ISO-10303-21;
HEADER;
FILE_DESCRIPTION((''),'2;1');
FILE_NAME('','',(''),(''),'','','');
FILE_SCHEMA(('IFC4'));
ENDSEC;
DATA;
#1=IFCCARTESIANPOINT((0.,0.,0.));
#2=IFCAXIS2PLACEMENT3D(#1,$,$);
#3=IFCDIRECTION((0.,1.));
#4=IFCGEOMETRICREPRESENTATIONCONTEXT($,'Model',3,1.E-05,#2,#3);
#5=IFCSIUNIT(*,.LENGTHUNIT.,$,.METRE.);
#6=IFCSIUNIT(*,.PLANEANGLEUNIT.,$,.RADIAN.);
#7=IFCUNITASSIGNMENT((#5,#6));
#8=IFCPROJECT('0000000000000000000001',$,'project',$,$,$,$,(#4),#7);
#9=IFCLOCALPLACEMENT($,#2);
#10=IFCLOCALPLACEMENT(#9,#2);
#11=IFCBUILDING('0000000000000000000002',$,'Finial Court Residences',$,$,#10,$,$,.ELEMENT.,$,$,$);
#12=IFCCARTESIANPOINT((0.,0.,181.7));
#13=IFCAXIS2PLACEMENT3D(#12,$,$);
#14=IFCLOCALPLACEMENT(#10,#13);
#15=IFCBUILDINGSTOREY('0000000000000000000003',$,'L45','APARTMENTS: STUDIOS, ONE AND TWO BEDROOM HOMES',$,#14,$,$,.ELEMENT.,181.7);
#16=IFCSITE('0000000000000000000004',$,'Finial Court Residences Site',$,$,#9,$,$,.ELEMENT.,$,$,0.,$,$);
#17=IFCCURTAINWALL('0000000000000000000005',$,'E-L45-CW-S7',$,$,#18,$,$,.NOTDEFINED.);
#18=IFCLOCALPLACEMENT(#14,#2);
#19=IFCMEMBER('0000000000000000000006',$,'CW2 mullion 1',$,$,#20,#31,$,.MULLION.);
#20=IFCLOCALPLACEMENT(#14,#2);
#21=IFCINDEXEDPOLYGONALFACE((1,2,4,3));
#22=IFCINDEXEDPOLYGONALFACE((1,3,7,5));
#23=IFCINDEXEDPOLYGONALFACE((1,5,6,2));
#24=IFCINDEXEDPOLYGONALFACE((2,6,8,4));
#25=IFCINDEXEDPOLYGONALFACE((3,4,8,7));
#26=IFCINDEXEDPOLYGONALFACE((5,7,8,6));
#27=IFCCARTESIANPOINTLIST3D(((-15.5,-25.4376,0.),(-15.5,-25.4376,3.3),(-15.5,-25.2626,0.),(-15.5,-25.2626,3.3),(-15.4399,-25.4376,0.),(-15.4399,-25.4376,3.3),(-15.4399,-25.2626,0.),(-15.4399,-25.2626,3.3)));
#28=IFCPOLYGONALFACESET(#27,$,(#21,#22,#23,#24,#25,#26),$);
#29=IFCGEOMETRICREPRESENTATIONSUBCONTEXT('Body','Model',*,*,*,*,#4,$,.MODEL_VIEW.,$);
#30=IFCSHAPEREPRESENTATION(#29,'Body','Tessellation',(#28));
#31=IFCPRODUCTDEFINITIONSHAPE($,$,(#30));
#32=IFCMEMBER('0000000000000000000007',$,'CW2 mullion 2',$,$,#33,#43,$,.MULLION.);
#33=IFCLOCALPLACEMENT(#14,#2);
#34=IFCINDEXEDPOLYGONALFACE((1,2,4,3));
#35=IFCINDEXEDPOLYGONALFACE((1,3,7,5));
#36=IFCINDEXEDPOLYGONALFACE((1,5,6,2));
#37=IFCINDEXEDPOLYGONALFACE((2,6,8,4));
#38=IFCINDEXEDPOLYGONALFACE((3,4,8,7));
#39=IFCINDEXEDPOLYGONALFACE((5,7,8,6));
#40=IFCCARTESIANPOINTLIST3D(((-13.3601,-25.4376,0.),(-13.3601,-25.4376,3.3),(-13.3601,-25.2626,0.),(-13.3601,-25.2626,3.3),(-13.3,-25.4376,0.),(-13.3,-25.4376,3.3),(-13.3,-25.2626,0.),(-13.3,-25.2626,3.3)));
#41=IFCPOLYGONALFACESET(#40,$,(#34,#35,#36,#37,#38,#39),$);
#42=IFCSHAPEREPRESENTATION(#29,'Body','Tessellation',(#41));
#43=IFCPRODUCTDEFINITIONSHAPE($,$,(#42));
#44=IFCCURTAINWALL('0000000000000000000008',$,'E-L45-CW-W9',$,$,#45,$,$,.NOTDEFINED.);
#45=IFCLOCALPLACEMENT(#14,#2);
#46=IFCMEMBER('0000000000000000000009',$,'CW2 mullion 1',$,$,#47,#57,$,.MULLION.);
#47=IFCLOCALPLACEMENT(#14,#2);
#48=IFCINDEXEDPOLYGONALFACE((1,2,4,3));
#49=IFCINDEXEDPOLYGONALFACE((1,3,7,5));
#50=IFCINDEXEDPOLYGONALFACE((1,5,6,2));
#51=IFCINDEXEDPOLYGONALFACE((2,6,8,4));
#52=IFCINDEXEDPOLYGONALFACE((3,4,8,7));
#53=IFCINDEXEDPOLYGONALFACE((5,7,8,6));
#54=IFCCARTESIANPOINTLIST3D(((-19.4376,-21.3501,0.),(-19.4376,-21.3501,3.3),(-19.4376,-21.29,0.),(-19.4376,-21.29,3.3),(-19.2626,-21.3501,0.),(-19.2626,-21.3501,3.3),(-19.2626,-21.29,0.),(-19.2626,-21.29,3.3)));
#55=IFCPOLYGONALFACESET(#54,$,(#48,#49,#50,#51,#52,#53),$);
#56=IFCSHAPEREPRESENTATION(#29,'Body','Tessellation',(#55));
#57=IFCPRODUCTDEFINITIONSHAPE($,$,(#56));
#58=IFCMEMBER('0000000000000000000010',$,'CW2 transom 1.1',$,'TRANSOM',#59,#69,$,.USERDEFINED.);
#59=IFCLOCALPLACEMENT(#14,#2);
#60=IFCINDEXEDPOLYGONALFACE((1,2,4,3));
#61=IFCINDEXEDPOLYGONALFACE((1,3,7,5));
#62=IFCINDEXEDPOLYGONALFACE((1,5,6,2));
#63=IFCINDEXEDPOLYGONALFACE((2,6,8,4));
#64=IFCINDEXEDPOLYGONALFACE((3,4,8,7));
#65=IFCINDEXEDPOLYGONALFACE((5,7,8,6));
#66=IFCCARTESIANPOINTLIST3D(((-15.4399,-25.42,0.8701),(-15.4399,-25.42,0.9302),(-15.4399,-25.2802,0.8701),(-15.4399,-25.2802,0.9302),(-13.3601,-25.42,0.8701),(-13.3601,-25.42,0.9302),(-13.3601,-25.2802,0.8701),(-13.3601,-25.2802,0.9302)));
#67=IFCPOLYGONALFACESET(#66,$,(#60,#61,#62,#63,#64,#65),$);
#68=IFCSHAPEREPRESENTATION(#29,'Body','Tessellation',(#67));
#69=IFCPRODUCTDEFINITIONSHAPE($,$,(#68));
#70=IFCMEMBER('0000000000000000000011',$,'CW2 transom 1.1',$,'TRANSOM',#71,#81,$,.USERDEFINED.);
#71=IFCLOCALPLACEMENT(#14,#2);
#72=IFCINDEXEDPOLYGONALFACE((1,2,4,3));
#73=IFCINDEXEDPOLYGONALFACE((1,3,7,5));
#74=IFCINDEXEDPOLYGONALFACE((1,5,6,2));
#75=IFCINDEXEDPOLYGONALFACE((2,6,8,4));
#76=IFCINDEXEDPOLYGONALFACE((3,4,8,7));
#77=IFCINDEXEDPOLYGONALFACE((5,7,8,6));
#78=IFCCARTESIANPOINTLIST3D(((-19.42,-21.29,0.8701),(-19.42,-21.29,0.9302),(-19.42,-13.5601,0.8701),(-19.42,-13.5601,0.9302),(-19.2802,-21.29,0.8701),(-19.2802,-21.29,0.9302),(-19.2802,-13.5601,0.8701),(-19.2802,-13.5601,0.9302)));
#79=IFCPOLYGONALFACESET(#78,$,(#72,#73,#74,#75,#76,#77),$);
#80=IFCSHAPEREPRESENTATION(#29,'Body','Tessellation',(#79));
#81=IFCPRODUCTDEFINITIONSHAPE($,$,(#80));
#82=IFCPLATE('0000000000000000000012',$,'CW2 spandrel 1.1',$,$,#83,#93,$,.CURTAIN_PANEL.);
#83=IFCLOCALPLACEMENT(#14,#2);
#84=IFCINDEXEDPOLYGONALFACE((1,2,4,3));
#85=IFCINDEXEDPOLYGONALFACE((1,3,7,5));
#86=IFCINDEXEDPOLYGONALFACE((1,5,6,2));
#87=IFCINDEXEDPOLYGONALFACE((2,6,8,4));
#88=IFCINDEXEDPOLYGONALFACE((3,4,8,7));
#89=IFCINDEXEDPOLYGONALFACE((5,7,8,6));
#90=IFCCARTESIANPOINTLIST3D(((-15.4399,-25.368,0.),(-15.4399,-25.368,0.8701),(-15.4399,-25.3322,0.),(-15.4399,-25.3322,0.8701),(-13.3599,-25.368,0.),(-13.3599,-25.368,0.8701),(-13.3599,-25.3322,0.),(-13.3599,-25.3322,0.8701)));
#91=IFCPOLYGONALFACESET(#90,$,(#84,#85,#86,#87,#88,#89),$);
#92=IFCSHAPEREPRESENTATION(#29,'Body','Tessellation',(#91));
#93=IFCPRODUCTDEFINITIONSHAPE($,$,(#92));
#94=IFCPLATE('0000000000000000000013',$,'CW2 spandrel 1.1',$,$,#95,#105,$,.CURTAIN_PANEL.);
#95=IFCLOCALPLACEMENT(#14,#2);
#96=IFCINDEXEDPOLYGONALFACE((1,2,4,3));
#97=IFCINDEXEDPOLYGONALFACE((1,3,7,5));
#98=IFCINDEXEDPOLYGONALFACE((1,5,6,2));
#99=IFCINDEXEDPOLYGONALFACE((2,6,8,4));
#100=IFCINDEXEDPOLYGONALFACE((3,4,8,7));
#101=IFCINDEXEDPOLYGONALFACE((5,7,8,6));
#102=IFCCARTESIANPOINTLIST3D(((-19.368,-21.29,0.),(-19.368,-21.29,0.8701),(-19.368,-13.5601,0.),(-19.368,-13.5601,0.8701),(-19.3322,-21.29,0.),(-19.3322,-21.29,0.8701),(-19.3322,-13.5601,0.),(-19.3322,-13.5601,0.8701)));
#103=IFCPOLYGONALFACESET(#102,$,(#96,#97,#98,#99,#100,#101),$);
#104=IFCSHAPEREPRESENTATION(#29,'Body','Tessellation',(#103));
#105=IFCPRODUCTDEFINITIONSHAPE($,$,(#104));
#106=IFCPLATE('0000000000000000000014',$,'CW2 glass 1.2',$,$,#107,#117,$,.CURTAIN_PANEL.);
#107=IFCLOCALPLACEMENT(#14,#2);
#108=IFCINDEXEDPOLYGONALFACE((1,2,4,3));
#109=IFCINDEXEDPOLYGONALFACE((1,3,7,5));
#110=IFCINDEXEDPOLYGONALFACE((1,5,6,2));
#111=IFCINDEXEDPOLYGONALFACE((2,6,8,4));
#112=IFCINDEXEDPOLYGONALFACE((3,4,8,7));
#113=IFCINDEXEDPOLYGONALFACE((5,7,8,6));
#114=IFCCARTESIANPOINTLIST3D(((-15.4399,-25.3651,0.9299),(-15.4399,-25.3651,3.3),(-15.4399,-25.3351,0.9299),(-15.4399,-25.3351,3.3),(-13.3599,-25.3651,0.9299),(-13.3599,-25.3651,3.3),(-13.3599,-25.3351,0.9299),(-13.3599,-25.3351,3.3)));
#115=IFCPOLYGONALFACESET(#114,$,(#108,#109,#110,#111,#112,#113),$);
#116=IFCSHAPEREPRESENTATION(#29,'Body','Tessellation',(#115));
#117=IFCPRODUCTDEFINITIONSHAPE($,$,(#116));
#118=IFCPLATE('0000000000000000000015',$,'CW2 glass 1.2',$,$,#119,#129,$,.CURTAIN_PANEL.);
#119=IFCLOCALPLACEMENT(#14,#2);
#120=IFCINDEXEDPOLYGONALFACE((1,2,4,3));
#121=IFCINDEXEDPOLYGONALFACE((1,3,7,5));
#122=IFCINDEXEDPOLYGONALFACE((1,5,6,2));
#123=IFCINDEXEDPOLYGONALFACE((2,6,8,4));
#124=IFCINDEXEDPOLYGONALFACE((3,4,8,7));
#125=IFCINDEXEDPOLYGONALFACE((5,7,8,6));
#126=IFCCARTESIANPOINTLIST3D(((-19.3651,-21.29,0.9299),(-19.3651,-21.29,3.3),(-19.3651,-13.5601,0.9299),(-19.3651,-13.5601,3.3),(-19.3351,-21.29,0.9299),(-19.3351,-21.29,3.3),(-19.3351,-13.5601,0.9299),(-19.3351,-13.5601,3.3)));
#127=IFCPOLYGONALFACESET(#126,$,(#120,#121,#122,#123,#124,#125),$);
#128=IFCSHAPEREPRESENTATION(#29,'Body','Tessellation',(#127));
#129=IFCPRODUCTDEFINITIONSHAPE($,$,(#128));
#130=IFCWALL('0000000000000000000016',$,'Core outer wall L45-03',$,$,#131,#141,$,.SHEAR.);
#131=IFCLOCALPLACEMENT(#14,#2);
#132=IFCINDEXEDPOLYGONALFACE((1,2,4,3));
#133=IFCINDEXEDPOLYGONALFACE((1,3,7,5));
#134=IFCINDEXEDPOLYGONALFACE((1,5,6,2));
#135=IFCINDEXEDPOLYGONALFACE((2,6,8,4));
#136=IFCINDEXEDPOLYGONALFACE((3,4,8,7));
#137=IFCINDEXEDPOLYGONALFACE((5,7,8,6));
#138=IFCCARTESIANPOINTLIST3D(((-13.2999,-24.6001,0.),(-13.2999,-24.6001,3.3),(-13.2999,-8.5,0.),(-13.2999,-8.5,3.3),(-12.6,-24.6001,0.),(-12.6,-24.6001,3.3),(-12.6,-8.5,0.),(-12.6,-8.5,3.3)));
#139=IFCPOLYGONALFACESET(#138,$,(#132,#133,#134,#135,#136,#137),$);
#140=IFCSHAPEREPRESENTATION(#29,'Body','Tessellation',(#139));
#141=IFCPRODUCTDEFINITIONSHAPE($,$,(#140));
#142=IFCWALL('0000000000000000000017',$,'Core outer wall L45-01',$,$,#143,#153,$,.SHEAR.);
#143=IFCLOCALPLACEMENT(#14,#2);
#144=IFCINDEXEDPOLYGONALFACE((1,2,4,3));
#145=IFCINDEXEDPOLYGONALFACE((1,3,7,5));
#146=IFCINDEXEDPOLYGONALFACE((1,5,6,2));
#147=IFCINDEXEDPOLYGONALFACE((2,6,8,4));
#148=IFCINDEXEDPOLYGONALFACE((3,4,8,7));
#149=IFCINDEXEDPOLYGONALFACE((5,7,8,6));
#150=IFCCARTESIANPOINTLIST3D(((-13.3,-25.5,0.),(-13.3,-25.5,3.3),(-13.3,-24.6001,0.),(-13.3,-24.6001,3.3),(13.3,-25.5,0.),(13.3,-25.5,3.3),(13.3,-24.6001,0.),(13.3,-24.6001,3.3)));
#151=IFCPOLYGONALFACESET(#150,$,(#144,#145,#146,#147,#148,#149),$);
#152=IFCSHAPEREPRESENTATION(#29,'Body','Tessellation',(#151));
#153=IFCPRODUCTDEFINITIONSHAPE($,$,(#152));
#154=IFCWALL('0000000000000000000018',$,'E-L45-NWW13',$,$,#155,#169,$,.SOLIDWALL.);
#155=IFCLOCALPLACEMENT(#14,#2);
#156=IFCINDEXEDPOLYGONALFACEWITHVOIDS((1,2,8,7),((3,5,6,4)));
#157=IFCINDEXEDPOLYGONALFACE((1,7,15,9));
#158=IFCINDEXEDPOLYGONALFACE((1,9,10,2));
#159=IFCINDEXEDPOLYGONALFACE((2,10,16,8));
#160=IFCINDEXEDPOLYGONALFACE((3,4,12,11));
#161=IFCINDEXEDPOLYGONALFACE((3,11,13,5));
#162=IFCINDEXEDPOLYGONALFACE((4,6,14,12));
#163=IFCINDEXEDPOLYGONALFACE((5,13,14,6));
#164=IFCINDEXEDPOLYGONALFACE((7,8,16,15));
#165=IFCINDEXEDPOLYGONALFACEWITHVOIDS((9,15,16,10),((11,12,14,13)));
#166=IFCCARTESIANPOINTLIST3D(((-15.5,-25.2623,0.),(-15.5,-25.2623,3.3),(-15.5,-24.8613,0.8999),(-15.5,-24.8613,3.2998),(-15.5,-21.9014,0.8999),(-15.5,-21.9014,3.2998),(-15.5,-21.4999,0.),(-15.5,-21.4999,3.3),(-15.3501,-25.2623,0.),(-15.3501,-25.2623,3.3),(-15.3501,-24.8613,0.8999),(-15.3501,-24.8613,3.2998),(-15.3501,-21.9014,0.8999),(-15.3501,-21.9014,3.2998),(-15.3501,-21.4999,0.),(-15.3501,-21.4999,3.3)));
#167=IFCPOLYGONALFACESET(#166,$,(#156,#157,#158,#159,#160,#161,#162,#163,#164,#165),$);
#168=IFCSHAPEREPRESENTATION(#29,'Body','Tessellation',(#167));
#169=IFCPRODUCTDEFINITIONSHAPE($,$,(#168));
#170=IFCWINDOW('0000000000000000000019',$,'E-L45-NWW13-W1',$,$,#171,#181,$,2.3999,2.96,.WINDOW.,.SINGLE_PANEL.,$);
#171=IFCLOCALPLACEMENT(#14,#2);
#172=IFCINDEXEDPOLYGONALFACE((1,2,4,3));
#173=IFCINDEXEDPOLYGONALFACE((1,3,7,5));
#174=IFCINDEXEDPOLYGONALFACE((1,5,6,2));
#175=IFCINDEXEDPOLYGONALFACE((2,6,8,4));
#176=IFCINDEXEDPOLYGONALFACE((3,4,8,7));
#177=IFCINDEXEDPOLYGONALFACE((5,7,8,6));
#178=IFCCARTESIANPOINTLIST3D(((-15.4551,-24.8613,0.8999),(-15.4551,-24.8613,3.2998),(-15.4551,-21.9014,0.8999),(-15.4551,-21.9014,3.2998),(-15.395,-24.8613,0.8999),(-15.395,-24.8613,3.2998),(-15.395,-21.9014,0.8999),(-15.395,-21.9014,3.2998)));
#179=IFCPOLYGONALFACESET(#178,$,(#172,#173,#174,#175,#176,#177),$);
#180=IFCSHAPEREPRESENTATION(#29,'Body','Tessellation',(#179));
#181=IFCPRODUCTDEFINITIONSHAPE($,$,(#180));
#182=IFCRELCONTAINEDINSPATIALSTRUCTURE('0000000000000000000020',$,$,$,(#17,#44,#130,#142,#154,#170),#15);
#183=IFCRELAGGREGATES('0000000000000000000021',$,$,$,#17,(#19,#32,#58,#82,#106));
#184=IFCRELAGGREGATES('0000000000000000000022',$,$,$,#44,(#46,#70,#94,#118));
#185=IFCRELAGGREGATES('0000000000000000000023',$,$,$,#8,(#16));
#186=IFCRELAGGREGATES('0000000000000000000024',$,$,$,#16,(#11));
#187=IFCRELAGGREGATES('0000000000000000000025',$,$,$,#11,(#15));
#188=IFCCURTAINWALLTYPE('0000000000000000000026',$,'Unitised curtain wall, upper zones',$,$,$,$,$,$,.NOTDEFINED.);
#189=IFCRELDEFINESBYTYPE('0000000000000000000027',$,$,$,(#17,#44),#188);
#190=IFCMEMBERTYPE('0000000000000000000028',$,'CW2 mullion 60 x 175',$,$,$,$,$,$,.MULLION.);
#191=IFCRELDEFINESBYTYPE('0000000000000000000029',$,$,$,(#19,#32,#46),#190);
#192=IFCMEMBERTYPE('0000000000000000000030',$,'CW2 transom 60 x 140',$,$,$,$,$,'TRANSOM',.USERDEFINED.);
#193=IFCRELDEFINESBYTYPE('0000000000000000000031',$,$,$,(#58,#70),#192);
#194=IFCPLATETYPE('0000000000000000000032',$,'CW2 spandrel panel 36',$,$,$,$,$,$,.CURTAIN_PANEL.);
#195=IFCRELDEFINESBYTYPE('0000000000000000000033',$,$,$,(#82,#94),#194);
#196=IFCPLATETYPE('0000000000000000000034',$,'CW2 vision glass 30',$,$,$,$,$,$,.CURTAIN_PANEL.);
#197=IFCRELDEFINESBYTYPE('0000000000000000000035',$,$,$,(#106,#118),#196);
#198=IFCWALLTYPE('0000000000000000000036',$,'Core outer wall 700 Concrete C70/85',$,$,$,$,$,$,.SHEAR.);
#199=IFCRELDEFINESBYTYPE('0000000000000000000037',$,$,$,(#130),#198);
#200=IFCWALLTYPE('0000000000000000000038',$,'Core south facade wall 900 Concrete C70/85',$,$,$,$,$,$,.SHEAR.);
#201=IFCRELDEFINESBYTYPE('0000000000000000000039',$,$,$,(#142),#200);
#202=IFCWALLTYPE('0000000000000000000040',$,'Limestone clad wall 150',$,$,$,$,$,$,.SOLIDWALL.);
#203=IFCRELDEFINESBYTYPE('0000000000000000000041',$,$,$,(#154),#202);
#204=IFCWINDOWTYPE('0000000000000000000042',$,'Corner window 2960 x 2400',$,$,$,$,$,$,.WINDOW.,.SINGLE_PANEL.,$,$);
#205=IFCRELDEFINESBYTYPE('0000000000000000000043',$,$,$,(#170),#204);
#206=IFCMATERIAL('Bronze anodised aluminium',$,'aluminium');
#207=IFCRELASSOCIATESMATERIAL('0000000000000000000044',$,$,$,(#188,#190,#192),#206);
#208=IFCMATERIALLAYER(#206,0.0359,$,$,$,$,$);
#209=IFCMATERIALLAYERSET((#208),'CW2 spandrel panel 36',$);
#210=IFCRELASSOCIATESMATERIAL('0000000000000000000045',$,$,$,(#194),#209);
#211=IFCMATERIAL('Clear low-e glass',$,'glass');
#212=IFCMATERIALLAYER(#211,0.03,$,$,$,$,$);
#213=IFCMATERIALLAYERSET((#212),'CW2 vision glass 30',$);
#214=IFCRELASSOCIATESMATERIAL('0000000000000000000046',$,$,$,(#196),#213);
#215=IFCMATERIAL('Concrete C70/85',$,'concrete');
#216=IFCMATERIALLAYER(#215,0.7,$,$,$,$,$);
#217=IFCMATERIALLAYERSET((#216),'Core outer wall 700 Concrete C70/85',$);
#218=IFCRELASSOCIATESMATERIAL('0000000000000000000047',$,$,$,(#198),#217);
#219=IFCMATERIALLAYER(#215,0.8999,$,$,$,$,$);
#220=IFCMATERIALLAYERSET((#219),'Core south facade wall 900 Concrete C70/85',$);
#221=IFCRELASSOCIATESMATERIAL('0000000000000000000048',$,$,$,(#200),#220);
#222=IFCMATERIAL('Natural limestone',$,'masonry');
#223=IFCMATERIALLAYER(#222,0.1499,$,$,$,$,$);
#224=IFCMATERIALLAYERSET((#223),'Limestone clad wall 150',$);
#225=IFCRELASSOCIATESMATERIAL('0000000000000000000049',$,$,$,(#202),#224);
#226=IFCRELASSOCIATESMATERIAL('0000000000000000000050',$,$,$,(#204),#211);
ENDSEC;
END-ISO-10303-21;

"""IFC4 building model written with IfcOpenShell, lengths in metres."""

from ifc_helpers import new_model, si_unit, direction, frame, frame_2d, origin, origin_2d, place, context, subcontext, project, spatial, rectangle, extrude, material, layer, layer_set, material_profile, profile_set, type_object, element, fill, aggregate, save


model = new_model("IFC4")

# Units and contexts
model_context = context("Model", 3, precision=1e-05, world=origin(), true_north=direction((0.0, 1.0)))
body_context = subcontext(model_context, "Body", "Model", "MODEL_VIEW")
ifc_project = project(units=[si_unit("LENGTHUNIT", "METRE"), si_unit("PLANEANGLEUNIT", "RADIAN")], contexts=[model_context])

# Site, building, storey
site_placement = place(None, origin())
site = spatial("IfcSite", under=ifc_project, at=site_placement, Name="Finial Court Residences Site", CompositionType="ELEMENT", RefElevation=0.0)
building_placement = place(site_placement, origin())
building = spatial("IfcBuilding", under=site, at=building_placement, Name="Finial Court Residences", CompositionType="ELEMENT")
storey_placement = place(building_placement, frame((0.0, 0.0, 181.7)))
storey = spatial("IfcBuildingStorey", under=building, at=storey_placement, Name="L45", Description="APARTMENTS: STUDIOS, ONE AND TWO BEDROOM HOMES", CompositionType="ELEMENT", Elevation=181.7)

# Curtain wall, members
ifc_material_1 = material(Name="Bronze anodised aluminium", Category="aluminium")
curtain_wall_type = type_object("IfcCurtainWallType", Name="Unitised curtain wall, upper zones", PredefinedType="NOTDEFINED", material=ifc_material_1)
curtain_wall_1_placement = place(storey_placement, origin())
curtain_wall_1 = element("IfcCurtainWall", 1, at=curtain_wall_1_placement, inside=storey, type_object=curtain_wall_type, Name="E-L45-CW-S7", PredefinedType="NOTDEFINED")
ifc_material_profile_1 = material_profile(ifc_material_1, rectangle(XDim=0.175, YDim=0.0601, at=origin_2d()), Name="CW2 mullion 60 x 175")
ifc_profile_set_1 = profile_set([ifc_material_profile_1], Name="Bronze anodised aluminium")
member_type_1 = type_object("IfcMemberType", Name="CW2 mullion 60 x 175", PredefinedType="MULLION", material=ifc_profile_set_1)
member_1_placement = place(storey_placement, frame((-15.47, -25.3501, 0.0), z_axis=(0.0, 0.0, 1.0), x_axis=(0.0, 1.0, 0.0)))
member_1 = element("IfcMember", 2, at=member_1_placement, type_object=member_type_1, Name="CW2 mullion 1", PredefinedType="MULLION", context=body_context, shape_type="SweptSolid", body=[
    extrude(rectangle(XDim=0.175, YDim=0.0601, at=origin_2d()), origin(), (0.0, 0.0, 1.0), 3.3),
])
member_2_placement = place(storey_placement, frame((-13.3301, -25.3501, 0.0), z_axis=(0.0, 0.0, 1.0), x_axis=(0.0, 1.0, 0.0)))
member_2 = element("IfcMember", 3, at=member_2_placement, type_object=member_type_1, Name="CW2 mullion 2", PredefinedType="MULLION", context=body_context, shape_type="SweptSolid", body=[
    extrude(rectangle(XDim=0.175, YDim=0.0601, at=origin_2d()), origin(), (0.0, 0.0, 1.0), 3.3),
])

# Curtain wall, member
curtain_wall_2_placement = place(storey_placement, origin())
curtain_wall_2 = element("IfcCurtainWall", 4, at=curtain_wall_2_placement, inside=storey, type_object=curtain_wall_type, Name="E-L45-CW-W9", PredefinedType="NOTDEFINED")
member_3_placement = place(storey_placement, frame((-19.3501, -21.3201, 0.0), z_axis=(0.0, 0.0, 1.0), x_axis=(-1.0, 0.0, 0.0)))
member_3 = element("IfcMember", 5, at=member_3_placement, type_object=member_type_1, Name="CW2 mullion 1", PredefinedType="MULLION", context=body_context, shape_type="SweptSolid", body=[
    extrude(rectangle(XDim=0.175, YDim=0.0601, at=origin_2d()), origin(), (0.0, 0.0, 1.0), 3.3),
])

# Members
ifc_material_profile_2 = material_profile(ifc_material_1, rectangle(XDim=0.1399, YDim=0.0601, at=origin_2d()), Name="CW2 transom 60 x 140")
ifc_profile_set_2 = profile_set([ifc_material_profile_2], Name="Bronze anodised aluminium")
member_type_2 = type_object("IfcMemberType", Name="CW2 transom 60 x 140", ElementType="TRANSOM", PredefinedType="USERDEFINED", material=ifc_profile_set_2)
member_4_placement = place(storey_placement, frame((-15.4399, -25.3501, 0.9001), z_axis=(1.0, 0.0, 0.0), x_axis=(0.0, 1.0, 0.0)))
member_4 = element("IfcMember", 6, at=member_4_placement, type_object=member_type_2, Name="CW2 transom 1.1", ObjectType="TRANSOM", PredefinedType="USERDEFINED", context=body_context, shape_type="SweptSolid", body=[
    extrude(rectangle(XDim=0.1399, YDim=0.0601, at=origin_2d()), origin(), (0.0, 0.0, 1.0), 2.0798),
])
member_5_placement = place(storey_placement, frame((-19.3501, -21.29, 0.9001), z_axis=(0.0, 1.0, 0.0), x_axis=(-1.0, 0.0, 0.0)))
member_5 = element("IfcMember", 7, at=member_5_placement, type_object=member_type_2, Name="CW2 transom 1.1", ObjectType="TRANSOM", PredefinedType="USERDEFINED", context=body_context, shape_type="SweptSolid", body=[
    extrude(rectangle(XDim=0.1399, YDim=0.0601, at=origin_2d()), origin(), (0.0, 0.0, 1.0), 7.73),
])

# Plates
ifc_layer_1 = layer(ifc_material_1, 0.0359)
ifc_layer_set_1 = layer_set([ifc_layer_1], Name="CW2 spandrel panel 36")
plate_type_1 = type_object("IfcPlateType", Name="CW2 spandrel panel 36", PredefinedType="CURTAIN_PANEL", material=ifc_layer_set_1)
plate_1_placement = place(storey_placement, frame((-14.3999, -25.3501, 0.0), z_axis=(0.0, 0.0, 1.0), x_axis=(1.0, 0.0, 0.0)))
plate_1 = element("IfcPlate", 8, at=plate_1_placement, type_object=plate_type_1, Name="CW2 spandrel 1.1", PredefinedType="CURTAIN_PANEL", context=body_context, shape_type="SweptSolid", body=[
    extrude(rectangle(XDim=2.0801, YDim=0.0359, at=origin_2d()), origin(), (0.0, 0.0, 1.0), 0.8701),
])
plate_2_placement = place(storey_placement, frame((-19.3501, -17.425, 0.0), z_axis=(0.0, 0.0, 1.0), x_axis=(0.0, 1.0, 0.0)))
plate_2 = element("IfcPlate", 9, at=plate_2_placement, type_object=plate_type_1, Name="CW2 spandrel 1.1", PredefinedType="CURTAIN_PANEL", context=body_context, shape_type="SweptSolid", body=[
    extrude(rectangle(XDim=7.73, YDim=0.0359, at=origin_2d()), origin(), (0.0, 0.0, 1.0), 0.8701),
])
ifc_material_2 = material(Name="Clear low-e glass", Category="glass")
ifc_layer_2 = layer(ifc_material_2, 0.03)
ifc_layer_set_2 = layer_set([ifc_layer_2], Name="CW2 vision glass 30")
plate_type_2 = type_object("IfcPlateType", Name="CW2 vision glass 30", PredefinedType="CURTAIN_PANEL", material=ifc_layer_set_2)
plate_3_placement = place(storey_placement, frame((-14.3999, -25.3501, 0.9299), z_axis=(0.0, 0.0, 1.0), x_axis=(1.0, 0.0, 0.0)))
plate_3 = element("IfcPlate", 10, at=plate_3_placement, type_object=plate_type_2, Name="CW2 glass 1.2", PredefinedType="CURTAIN_PANEL", context=body_context, shape_type="SweptSolid", body=[
    extrude(rectangle(XDim=2.0801, YDim=0.03, at=origin_2d()), origin(), (0.0, 0.0, 1.0), 2.3701),
])
aggregate(curtain_wall_1, [member_1, member_2, member_4, plate_1, plate_3])
plate_4_placement = place(storey_placement, frame((-19.3501, -17.425, 0.9299), z_axis=(0.0, 0.0, 1.0), x_axis=(0.0, 1.0, 0.0)))
plate_4 = element("IfcPlate", 11, at=plate_4_placement, type_object=plate_type_2, Name="CW2 glass 1.2", PredefinedType="CURTAIN_PANEL", context=body_context, shape_type="SweptSolid", body=[
    extrude(rectangle(XDim=7.73, YDim=0.03, at=origin_2d()), origin(), (0.0, 0.0, 1.0), 2.3701),
])
aggregate(curtain_wall_2, [member_3, member_5, plate_2, plate_4])

# Walls
ifc_material_3 = material(Name="Concrete C70/85", Category="concrete")
ifc_layer_3 = layer(ifc_material_3, 0.7)
ifc_layer_set_3 = layer_set([ifc_layer_3], Name="Core outer wall 700 Concrete C70/85")
wall_type_1 = type_object("IfcWallType", Name="Core outer wall 700 Concrete C70/85", PredefinedType="SHEAR", material=ifc_layer_set_3)
wall_1_placement = place(storey_placement, frame((-12.95, -24.6001, 0.0), z_axis=(0.0, 0.0, 1.0), x_axis=(0.0, 1.0, 0.0)))
element("IfcWall", 12, at=wall_1_placement, inside=storey, type_object=wall_type_1, Name="Core outer wall L45-03", PredefinedType="SHEAR", context=body_context, shape_type="SweptSolid", body=[
    extrude(rectangle(XDim=16.1001, YDim=0.7, at=frame_2d((8.05, 0.0))), origin(), (0.0, 0.0, 1.0), 3.3),
])
ifc_layer_4 = layer(ifc_material_3, 0.8999)
ifc_layer_set_4 = layer_set([ifc_layer_4], Name="Core south facade wall 900 Concrete C70/85")
wall_type_2 = type_object("IfcWallType", Name="Core south facade wall 900 Concrete C70/85", PredefinedType="SHEAR", material=ifc_layer_set_4)
wall_2_placement = place(storey_placement, frame((-13.3, -25.05, 0.0), z_axis=(0.0, 0.0, 1.0), x_axis=(1.0, 0.0, 0.0)))
element("IfcWall", 13, at=wall_2_placement, inside=storey, type_object=wall_type_2, Name="Core outer wall L45-01", PredefinedType="SHEAR", context=body_context, shape_type="SweptSolid", body=[
    extrude(rectangle(XDim=26.6001, YDim=0.8999, at=frame_2d((13.3, 0.0))), origin(), (0.0, 0.0, 1.0), 3.3),
])

# Wall, opening, window
ifc_material_4 = material(Name="Natural limestone", Category="masonry")
ifc_layer_5 = layer(ifc_material_4, 0.1499)
ifc_layer_set_5 = layer_set([ifc_layer_5], Name="Limestone clad wall 150")
wall_type_3 = type_object("IfcWallType", Name="Limestone clad wall 150", PredefinedType="SOLIDWALL", material=ifc_layer_set_5)
wall_3_placement = place(storey_placement, frame((-15.425, -25.2625, 0.0), z_axis=(0.0, 0.0, 1.0), x_axis=(0.0, 1.0, 0.0)))
wall_3 = element("IfcWall", 14, at=wall_3_placement, inside=storey, type_object=wall_type_3, Name="E-L45-NWW13", PredefinedType="SOLIDWALL", context=body_context, shape_type="SweptSolid", body=[
    extrude(rectangle(XDim=3.7625, YDim=0.1499, at=frame_2d((1.8813, 0.0))), origin(), (0.0, 0.0, 1.0), 3.3),
])
opening_1_placement = place(wall_3_placement, frame((0.4011, 0.0, 0.8999)))
opening_1 = element("IfcOpeningElement", 15, at=opening_1_placement, cuts=wall_3, PredefinedType="OPENING", context=body_context, shape_type="SweptSolid", body=[
    extrude(rectangle(XDim=2.96, YDim=2.3999, at=frame_2d((1.48, 1.2))), frame((0.0, 0.085, 0.0), z_axis=(0.0, -1.0, 0.0), x_axis=(1.0, 0.0, 0.0)), (0.0, 0.0, 1.0), 0.1699),
])
window_type_1 = type_object("IfcWindowType", Name="Corner window 2960 x 2400", PartitioningType="SINGLE_PANEL", PredefinedType="WINDOW", material=ifc_material_2)
window_1_placement = place(opening_1_placement, origin())
window_1 = element("IfcWindow", 16, at=window_1_placement, inside=storey, type_object=window_type_1, Name="E-L45-NWW13-W1", OverallHeight=2.3999, OverallWidth=2.96, PartitioningType="SINGLE_PANEL", PredefinedType="WINDOW", context=body_context, shape_type="SweptSolid", body=[
    extrude(rectangle(XDim=2.96, YDim=2.3999, at=frame_2d((1.48, 1.2))), frame((0.0, 0.03, 0.0), z_axis=(0.0, -1.0, 0.0), x_axis=(1.0, 0.0, 0.0)), (0.0, 0.0, 1.0), 0.0601),
])
fill(opening_1, window_1)

save(model, "model.ifc")
